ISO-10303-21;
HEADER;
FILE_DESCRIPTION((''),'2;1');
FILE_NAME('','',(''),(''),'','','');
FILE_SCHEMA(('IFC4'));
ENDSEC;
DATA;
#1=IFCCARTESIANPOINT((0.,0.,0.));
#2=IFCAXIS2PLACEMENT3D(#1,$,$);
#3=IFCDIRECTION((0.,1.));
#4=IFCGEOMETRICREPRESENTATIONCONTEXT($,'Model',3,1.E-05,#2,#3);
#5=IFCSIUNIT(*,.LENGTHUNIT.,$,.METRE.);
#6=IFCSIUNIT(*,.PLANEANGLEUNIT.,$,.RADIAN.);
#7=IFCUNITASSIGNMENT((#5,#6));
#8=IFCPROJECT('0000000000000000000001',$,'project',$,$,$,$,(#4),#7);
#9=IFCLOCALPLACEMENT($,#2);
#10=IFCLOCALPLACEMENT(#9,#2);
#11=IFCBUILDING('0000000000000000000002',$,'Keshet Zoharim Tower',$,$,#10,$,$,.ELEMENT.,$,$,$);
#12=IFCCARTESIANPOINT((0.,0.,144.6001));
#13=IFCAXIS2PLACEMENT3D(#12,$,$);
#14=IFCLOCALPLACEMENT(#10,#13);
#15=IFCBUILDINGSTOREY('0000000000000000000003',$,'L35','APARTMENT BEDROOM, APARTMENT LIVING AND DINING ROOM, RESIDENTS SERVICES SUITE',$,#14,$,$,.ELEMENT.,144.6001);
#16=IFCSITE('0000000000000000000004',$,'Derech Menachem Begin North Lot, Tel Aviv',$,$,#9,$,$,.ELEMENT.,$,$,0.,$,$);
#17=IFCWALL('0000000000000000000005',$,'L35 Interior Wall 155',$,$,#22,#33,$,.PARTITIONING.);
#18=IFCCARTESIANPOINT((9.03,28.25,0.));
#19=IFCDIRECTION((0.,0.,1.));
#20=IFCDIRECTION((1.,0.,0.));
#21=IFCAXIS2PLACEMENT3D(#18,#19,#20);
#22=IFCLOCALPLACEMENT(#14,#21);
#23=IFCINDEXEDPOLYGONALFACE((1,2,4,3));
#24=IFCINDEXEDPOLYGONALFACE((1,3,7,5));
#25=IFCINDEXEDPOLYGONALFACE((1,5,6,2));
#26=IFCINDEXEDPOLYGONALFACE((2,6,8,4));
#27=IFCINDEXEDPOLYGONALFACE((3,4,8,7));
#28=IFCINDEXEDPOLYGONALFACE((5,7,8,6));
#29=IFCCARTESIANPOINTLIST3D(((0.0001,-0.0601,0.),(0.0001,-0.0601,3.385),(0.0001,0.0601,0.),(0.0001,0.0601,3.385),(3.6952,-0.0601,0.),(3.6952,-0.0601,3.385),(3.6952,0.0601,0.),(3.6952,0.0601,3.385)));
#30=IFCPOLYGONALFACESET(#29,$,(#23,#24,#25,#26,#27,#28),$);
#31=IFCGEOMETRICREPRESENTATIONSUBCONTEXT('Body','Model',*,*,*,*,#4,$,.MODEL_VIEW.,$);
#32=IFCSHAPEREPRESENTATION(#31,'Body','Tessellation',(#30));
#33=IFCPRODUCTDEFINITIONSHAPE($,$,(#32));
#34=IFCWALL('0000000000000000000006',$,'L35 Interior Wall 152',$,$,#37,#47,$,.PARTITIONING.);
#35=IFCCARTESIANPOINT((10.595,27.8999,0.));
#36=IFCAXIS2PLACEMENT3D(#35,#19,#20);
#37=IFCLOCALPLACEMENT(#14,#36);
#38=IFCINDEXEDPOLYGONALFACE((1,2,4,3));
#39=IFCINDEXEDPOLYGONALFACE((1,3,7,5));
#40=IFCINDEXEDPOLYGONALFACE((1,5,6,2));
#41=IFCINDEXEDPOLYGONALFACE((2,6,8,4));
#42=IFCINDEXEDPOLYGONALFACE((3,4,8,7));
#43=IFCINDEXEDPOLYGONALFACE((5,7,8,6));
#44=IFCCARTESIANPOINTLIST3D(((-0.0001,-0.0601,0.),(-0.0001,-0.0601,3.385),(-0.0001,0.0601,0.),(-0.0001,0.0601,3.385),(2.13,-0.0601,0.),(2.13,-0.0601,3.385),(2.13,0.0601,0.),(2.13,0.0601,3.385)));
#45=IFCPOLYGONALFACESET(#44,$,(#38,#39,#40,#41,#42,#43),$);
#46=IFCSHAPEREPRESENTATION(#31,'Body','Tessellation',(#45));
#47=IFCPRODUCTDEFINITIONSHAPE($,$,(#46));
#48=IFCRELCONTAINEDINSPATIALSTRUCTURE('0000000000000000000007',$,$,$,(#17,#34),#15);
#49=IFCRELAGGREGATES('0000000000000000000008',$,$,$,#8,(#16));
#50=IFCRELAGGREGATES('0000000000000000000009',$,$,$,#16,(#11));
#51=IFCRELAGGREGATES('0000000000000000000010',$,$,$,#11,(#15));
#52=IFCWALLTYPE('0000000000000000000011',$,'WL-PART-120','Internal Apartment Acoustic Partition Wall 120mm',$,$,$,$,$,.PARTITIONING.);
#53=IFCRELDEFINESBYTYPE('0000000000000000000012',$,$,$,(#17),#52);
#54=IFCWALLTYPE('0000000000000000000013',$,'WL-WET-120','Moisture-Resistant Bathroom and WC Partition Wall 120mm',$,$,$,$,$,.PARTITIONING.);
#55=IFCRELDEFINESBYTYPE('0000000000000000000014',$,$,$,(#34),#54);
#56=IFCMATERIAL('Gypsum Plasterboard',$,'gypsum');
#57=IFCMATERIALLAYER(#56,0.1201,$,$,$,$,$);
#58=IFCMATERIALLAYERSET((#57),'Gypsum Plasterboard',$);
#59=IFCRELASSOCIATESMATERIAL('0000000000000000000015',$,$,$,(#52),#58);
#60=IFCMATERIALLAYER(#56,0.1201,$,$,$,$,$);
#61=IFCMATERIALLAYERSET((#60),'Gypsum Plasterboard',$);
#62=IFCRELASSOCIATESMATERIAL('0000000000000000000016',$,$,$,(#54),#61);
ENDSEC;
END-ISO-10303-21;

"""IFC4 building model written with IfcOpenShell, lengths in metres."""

from ifc_helpers import new_model, si_unit, direction, frame, frame_2d, origin, place, context, subcontext, project, spatial, rectangle, extrude, material, layer, layer_set, type_object, element, save


model = new_model("IFC4")

# Units and contexts
model_context = context("Model", 3, precision=1e-05, world=origin(), true_north=direction((0.0, 1.0)))
body_context = subcontext(model_context, "Body", "Model", "MODEL_VIEW")
ifc_project = project(units=[si_unit("LENGTHUNIT", "METRE"), si_unit("PLANEANGLEUNIT", "RADIAN")], contexts=[model_context])

# Site, building, storey
site_placement = place(None, origin())
site = spatial("IfcSite", under=ifc_project, at=site_placement, Name="Derech Menachem Begin North Lot, Tel Aviv", CompositionType="ELEMENT", RefElevation=0.0)
building_placement = place(site_placement, origin())
building = spatial("IfcBuilding", under=site, at=building_placement, Name="Keshet Zoharim Tower", CompositionType="ELEMENT")
storey_placement = place(building_placement, frame((0.0, 0.0, 144.6001)))
storey = spatial("IfcBuildingStorey", under=building, at=storey_placement, Name="L35", Description="APARTMENT BEDROOM, APARTMENT LIVING AND DINING ROOM, RESIDENTS SERVICES SUITE", CompositionType="ELEMENT", Elevation=144.6001)

# Shared definitions
ifc_material_1 = material(Name="Gypsum Plasterboard", Category="gypsum")

# Wall
ifc_layer_1 = layer(ifc_material_1, 0.1201)
ifc_layer_set_1 = layer_set([ifc_layer_1], Name="Gypsum Plasterboard")
wall_type_1 = type_object("IfcWallType", Name="WL-PART-120", Description="Internal Apartment Acoustic Partition Wall 120mm", PredefinedType="PARTITIONING", material=ifc_layer_set_1)
wall_1_placement = place(storey_placement, frame((9.03, 28.25, 0.0), z_axis=(0.0, 0.0, 1.0), x_axis=(1.0, 0.0, 0.0)))
element("IfcWall", 1, at=wall_1_placement, inside=storey, type_object=wall_type_1, Name="L35 Interior Wall 155", PredefinedType="PARTITIONING", context=body_context, shape_type="SweptSolid", body=[
    extrude(rectangle(XDim=3.6951, YDim=0.1201, at=frame_2d((1.8477, 0.0))), origin(), (0.0, 0.0, 1.0), 3.385),
])

# Wall
ifc_layer_2 = layer(ifc_material_1, 0.1201)
ifc_layer_set_2 = layer_set([ifc_layer_2], Name="Gypsum Plasterboard")
wall_type_2 = type_object("IfcWallType", Name="WL-WET-120", Description="Moisture-Resistant Bathroom and WC Partition Wall 120mm", PredefinedType="PARTITIONING", material=ifc_layer_set_2)
wall_2_placement = place(storey_placement, frame((10.595, 27.8999, 0.0), z_axis=(0.0, 0.0, 1.0), x_axis=(1.0, 0.0, 0.0)))
element("IfcWall", 2, at=wall_2_placement, inside=storey, type_object=wall_type_2, Name="L35 Interior Wall 152", PredefinedType="PARTITIONING", context=body_context, shape_type="SweptSolid", body=[
    extrude(rectangle(XDim=2.1301, YDim=0.1201, at=frame_2d((1.0649, 0.0))), origin(), (0.0, 0.0, 1.0), 3.385),
])

save(model, "model.ifc")
